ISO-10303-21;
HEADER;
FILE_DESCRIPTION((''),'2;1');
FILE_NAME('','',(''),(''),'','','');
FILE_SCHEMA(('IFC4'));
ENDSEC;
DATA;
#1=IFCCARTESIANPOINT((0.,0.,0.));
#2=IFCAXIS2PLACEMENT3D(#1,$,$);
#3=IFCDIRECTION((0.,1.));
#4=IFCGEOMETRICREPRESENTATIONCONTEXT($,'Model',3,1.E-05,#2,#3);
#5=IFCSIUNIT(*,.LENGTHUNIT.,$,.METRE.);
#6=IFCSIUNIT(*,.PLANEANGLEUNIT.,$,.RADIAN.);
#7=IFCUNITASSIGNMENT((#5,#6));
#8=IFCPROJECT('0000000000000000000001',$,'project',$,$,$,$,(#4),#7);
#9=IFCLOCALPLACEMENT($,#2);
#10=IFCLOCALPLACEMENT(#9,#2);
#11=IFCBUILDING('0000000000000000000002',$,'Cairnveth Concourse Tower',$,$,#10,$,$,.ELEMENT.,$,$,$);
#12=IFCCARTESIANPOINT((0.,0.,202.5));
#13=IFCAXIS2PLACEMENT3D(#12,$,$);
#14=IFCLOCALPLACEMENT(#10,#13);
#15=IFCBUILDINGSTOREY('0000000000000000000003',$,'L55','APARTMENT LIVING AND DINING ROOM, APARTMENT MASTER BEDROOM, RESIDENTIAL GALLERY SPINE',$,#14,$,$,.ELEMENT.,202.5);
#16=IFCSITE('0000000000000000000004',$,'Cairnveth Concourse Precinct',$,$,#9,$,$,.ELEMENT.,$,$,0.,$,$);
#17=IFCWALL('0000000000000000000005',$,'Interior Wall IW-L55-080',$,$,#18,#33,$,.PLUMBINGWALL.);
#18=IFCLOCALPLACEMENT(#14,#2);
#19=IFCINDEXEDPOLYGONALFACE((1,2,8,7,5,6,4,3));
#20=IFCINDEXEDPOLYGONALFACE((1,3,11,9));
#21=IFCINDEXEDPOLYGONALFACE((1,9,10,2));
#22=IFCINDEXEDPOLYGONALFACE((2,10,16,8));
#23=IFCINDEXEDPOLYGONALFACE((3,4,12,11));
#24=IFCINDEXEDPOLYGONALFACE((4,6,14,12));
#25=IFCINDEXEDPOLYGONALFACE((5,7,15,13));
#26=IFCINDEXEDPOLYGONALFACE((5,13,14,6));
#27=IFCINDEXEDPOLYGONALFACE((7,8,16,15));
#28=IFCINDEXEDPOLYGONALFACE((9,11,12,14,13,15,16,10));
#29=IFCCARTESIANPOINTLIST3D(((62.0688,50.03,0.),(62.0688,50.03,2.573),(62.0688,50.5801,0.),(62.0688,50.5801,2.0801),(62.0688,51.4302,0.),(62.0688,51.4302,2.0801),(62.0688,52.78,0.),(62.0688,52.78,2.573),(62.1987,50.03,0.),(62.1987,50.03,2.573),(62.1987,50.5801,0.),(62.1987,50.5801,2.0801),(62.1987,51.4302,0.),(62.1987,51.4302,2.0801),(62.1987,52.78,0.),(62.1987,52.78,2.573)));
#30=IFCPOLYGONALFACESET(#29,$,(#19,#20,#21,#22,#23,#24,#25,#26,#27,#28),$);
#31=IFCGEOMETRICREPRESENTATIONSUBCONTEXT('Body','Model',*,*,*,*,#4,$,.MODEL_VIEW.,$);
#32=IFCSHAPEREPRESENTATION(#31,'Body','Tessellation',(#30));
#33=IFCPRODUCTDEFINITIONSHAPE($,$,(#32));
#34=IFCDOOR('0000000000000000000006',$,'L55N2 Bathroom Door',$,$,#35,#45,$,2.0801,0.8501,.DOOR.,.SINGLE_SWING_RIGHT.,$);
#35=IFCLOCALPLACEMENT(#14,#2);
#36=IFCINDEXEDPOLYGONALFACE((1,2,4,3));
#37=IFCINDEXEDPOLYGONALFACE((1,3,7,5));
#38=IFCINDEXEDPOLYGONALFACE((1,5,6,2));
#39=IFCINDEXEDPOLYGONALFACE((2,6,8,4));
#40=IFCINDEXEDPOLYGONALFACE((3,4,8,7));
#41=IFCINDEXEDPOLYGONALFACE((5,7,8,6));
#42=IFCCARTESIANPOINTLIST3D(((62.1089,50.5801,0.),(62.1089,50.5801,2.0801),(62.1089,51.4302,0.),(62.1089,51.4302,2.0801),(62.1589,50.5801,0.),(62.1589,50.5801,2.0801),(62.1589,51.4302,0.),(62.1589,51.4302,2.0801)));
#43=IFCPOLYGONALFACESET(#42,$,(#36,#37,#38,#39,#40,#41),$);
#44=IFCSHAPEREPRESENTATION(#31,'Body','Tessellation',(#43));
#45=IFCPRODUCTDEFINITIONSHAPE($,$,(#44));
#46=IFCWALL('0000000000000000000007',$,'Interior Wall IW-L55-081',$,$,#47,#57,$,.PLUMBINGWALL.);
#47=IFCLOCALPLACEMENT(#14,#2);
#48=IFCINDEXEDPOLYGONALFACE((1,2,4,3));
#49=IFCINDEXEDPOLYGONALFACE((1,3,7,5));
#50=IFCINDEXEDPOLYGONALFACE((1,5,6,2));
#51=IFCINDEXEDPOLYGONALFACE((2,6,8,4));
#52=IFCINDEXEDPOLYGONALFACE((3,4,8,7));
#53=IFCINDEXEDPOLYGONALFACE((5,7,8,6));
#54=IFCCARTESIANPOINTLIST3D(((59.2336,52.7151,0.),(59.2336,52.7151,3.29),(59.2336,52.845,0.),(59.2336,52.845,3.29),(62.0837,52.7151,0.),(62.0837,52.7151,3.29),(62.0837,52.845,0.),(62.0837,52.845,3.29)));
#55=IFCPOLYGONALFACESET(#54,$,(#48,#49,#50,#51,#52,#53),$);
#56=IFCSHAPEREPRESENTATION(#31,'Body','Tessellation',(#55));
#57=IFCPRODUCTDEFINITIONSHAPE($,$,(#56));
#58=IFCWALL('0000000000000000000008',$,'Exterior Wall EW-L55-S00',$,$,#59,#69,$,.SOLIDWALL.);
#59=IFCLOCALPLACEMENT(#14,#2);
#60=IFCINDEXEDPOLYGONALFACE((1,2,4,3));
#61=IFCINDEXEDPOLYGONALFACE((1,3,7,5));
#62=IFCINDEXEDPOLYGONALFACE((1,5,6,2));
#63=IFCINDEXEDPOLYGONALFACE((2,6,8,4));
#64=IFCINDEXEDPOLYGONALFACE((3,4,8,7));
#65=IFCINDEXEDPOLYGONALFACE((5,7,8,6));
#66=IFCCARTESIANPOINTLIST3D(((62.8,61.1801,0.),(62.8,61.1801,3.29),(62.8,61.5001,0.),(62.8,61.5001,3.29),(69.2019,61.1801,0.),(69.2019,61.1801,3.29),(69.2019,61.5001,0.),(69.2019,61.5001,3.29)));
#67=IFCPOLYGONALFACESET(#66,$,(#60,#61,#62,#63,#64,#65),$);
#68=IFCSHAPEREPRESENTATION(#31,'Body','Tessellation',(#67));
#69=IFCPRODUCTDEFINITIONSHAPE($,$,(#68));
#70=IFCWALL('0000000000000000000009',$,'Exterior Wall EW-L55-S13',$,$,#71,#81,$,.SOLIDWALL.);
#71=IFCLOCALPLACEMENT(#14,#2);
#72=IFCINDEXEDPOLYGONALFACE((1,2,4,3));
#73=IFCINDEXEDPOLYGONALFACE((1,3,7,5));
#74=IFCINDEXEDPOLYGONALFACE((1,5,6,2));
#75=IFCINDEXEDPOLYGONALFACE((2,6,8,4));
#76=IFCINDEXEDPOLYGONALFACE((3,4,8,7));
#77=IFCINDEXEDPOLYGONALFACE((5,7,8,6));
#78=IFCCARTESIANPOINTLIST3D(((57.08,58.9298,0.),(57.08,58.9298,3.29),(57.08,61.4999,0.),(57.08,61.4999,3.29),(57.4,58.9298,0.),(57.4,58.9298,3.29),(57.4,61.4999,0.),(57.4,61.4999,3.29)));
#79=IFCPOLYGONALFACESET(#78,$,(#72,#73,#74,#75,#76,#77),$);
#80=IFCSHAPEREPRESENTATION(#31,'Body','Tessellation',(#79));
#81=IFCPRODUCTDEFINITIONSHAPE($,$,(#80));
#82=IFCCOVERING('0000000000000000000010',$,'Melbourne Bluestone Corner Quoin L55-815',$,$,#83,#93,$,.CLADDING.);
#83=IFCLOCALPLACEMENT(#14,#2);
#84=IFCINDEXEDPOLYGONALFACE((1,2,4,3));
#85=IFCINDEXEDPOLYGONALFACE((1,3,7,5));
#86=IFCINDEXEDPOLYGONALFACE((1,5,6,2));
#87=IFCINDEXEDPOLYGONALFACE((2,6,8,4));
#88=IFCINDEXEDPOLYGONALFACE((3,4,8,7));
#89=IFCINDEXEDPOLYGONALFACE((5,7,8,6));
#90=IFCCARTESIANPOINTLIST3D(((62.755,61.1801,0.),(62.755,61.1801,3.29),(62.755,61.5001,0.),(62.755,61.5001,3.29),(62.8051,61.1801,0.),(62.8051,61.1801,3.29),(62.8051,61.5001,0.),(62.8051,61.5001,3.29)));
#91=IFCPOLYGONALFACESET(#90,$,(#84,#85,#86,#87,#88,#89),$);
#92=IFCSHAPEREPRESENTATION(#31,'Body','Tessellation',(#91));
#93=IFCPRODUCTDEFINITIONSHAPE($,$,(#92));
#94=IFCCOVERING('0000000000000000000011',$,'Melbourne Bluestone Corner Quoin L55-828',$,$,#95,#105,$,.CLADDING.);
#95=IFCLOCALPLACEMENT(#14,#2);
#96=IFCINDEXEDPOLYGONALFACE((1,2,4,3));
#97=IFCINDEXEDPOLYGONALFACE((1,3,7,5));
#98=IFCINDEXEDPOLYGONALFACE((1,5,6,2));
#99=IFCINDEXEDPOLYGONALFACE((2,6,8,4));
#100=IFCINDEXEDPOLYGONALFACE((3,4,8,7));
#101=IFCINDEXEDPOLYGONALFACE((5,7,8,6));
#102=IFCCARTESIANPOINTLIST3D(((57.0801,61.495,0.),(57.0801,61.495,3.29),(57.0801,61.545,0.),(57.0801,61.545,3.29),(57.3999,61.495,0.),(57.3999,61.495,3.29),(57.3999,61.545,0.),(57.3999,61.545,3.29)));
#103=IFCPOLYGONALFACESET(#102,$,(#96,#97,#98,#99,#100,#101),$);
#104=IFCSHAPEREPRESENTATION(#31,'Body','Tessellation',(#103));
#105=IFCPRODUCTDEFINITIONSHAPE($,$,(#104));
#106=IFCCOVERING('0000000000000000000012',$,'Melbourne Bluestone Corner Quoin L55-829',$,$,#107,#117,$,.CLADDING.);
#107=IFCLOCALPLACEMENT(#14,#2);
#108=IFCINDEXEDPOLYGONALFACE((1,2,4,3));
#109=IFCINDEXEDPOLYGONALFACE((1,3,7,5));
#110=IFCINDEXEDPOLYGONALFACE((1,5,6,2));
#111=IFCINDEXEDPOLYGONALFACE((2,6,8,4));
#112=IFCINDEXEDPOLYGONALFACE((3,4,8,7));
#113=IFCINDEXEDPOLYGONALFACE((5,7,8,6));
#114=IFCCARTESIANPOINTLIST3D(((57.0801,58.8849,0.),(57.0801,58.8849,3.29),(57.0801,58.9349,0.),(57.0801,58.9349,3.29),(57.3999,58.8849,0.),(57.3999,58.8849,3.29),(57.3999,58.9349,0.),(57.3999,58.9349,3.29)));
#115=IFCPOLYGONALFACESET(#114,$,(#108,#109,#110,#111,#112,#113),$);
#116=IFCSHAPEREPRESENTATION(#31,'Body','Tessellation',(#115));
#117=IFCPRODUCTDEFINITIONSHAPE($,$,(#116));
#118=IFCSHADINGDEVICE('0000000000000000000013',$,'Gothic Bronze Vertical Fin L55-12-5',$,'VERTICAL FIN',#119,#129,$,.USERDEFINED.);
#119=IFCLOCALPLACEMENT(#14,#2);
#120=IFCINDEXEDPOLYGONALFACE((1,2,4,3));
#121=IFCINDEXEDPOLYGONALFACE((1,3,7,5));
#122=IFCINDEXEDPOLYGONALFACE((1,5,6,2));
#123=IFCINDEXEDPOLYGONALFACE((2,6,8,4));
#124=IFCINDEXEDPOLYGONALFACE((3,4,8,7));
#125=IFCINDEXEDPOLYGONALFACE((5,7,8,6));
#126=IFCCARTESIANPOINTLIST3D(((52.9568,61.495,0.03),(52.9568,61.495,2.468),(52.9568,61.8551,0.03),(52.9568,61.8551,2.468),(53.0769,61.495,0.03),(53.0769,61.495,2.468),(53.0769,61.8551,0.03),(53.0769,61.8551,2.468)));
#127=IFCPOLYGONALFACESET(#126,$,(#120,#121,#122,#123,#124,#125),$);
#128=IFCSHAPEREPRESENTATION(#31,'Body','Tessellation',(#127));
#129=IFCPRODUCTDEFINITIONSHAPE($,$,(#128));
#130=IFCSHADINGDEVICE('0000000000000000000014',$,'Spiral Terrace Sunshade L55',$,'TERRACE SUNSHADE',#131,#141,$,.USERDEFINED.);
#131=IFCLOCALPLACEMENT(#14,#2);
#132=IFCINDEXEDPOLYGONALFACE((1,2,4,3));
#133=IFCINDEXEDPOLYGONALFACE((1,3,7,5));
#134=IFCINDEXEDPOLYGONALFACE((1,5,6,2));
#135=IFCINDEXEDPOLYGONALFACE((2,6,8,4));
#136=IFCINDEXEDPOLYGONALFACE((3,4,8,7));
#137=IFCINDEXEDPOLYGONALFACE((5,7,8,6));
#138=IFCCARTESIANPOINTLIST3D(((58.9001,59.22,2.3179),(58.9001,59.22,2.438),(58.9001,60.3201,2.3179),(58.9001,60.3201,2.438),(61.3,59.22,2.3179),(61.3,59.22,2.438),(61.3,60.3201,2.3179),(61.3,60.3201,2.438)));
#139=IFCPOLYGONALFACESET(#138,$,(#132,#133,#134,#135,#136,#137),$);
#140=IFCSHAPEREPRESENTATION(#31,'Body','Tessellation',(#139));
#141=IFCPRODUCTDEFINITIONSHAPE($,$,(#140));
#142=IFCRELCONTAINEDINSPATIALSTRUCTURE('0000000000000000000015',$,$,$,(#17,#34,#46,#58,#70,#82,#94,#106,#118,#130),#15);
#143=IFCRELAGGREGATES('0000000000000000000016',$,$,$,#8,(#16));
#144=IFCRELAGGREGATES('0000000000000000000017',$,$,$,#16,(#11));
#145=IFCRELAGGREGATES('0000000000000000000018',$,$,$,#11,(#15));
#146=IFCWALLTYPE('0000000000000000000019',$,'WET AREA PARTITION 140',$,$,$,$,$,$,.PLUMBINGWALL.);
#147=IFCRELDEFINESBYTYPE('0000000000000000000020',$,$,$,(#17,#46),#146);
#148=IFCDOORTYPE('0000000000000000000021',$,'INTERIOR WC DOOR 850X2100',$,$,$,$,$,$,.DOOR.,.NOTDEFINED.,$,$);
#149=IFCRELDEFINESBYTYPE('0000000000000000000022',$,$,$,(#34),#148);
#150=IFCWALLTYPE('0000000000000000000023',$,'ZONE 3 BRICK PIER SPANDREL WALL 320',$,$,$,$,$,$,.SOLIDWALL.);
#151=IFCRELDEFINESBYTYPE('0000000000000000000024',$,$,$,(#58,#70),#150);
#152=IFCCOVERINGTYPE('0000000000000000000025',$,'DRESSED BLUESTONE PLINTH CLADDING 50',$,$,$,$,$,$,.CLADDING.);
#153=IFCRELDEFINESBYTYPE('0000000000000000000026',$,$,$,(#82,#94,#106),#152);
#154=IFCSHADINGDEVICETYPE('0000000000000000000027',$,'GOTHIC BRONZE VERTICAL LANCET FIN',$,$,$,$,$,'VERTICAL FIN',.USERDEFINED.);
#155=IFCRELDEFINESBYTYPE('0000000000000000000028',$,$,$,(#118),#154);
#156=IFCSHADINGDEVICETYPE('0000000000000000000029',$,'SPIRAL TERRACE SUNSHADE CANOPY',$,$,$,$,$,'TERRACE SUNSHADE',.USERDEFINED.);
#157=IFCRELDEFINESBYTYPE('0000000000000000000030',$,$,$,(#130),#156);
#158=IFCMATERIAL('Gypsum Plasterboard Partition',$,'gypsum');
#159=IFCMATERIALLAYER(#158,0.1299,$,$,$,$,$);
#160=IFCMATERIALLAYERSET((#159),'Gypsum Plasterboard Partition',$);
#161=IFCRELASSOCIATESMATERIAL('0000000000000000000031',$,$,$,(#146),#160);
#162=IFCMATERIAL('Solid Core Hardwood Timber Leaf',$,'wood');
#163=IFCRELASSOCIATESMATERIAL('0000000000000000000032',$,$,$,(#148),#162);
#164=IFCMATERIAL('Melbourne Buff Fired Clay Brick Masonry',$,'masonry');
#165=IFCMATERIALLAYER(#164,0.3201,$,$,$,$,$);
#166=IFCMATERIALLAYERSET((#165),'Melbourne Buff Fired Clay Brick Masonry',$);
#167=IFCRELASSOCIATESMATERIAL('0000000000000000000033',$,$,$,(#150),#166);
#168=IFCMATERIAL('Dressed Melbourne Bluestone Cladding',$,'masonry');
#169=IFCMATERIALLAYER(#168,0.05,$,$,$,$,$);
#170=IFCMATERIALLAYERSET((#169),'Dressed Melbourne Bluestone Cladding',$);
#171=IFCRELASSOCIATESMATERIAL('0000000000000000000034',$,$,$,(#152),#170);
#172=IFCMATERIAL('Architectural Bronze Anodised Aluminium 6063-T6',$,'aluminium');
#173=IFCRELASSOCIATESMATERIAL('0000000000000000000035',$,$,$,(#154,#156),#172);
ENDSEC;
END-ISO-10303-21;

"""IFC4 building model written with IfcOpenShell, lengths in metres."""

from ifc_helpers import new_model, si_unit, direction, frame, frame_2d, origin, origin_2d, place, context, subcontext, project, spatial, rectangle, extrude, material, layer, layer_set, type_object, element, fill, save


model = new_model("IFC4")

# Units and contexts
model_context = context("Model", 3, precision=1e-05, world=origin(), true_north=direction((0.0, 1.0)))
body_context = subcontext(model_context, "Body", "Model", "MODEL_VIEW")
ifc_project = project(units=[si_unit("LENGTHUNIT", "METRE"), si_unit("PLANEANGLEUNIT", "RADIAN")], contexts=[model_context])

# Site, building, storey
site_placement = place(None, origin())
site = spatial("IfcSite", under=ifc_project, at=site_placement, Name="Cairnveth Concourse Precinct", CompositionType="ELEMENT", RefElevation=0.0)
building_placement = place(site_placement, origin())
building = spatial("IfcBuilding", under=site, at=building_placement, Name="Cairnveth Concourse Tower", CompositionType="ELEMENT")
storey_placement = place(building_placement, frame((0.0, 0.0, 202.5)))
storey = spatial("IfcBuildingStorey", under=building, at=storey_placement, Name="L55", Description="APARTMENT LIVING AND DINING ROOM, APARTMENT MASTER BEDROOM, RESIDENTIAL GALLERY SPINE", CompositionType="ELEMENT", Elevation=202.5)

# Shared definitions
ifc_material_1 = material(Name="Gypsum Plasterboard Partition", Category="gypsum")
ifc_material_2 = material(Name="Solid Core Hardwood Timber Leaf", Category="wood")

# Shared definitions
ifc_material_3 = material(Name="Dressed Melbourne Bluestone Cladding", Category="masonry")
ifc_layer_1 = layer(ifc_material_1, 0.1299)
ifc_layer_set_1 = layer_set([ifc_layer_1], Name="Gypsum Plasterboard Partition")
wall_type_1 = type_object("IfcWallType", Name="WET AREA PARTITION 140", PredefinedType="PLUMBINGWALL", material=ifc_layer_set_1)

# Wall, opening, door
wall_1_placement = place(storey_placement, frame((62.1338, 50.03, 0.0), z_axis=(0.0, 0.0, 1.0), x_axis=(0.0, 1.0, 0.0)))
wall_1 = element("IfcWall", 1, at=wall_1_placement, inside=storey, type_object=wall_type_1, Name="Interior Wall IW-L55-080", PredefinedType="PLUMBINGWALL", context=body_context, shape_type="SweptSolid", body=[
    extrude(rectangle(XDim=2.75, YDim=0.1299, at=frame_2d((1.375, 0.0))), origin(), (0.0, 0.0, 1.0), 2.573),
])
opening_1_placement = place(wall_1_placement, frame((0.55, 0.0, 0.0)))
opening_1 = element("IfcOpeningElement", 2, at=opening_1_placement, cuts=wall_1, PredefinedType="OPENING", context=body_context, shape_type="SweptSolid", body=[
    extrude(rectangle(XDim=0.8501, YDim=2.0801, at=frame_2d((0.425, 1.04))), frame((0.0, 0.075, 0.0), z_axis=(0.0, -1.0, 0.0), x_axis=(1.0, 0.0, 0.0)), (0.0, 0.0, 1.0), 0.1499),
])
door_type_1 = type_object("IfcDoorType", Name="INTERIOR WC DOOR 850X2100", OperationType="NOTDEFINED", PredefinedType="DOOR", material=ifc_material_2)
door_1_placement = place(opening_1_placement, origin())
door_1 = element("IfcDoor", 3, at=door_1_placement, inside=storey, type_object=door_type_1, Name="L55N2 Bathroom Door", OperationType="SINGLE_SWING_RIGHT", OverallHeight=2.0801, OverallWidth=0.8501, PredefinedType="DOOR", context=body_context, shape_type="SweptSolid", body=[
    extrude(rectangle(XDim=0.8501, YDim=2.0801, at=frame_2d((0.425, 1.04))), frame((0.0, 0.0249, 0.0), z_axis=(0.0, -1.0, 0.0), x_axis=(1.0, 0.0, 0.0)), (0.0, 0.0, 1.0), 0.05),
])
fill(opening_1, door_1)

# Walls
wall_2_placement = place(storey_placement, frame((59.2336, 52.78, 0.0), z_axis=(0.0, 0.0, 1.0), x_axis=(1.0, 0.0, 0.0)))
element("IfcWall", 4, at=wall_2_placement, inside=storey, type_object=wall_type_1, Name="Interior Wall IW-L55-081", PredefinedType="PLUMBINGWALL", context=body_context, shape_type="SweptSolid", body=[
    extrude(rectangle(XDim=2.8501, YDim=0.1299, at=frame_2d((1.425, 0.0))), origin(), (0.0, 0.0, 1.0), 3.29),
])
ifc_material_4 = material(Name="Melbourne Buff Fired Clay Brick Masonry", Category="masonry")
ifc_layer_2 = layer(ifc_material_4, 0.3201)
ifc_layer_set_2 = layer_set([ifc_layer_2], Name="Melbourne Buff Fired Clay Brick Masonry")
wall_type_2 = type_object("IfcWallType", Name="ZONE 3 BRICK PIER SPANDREL WALL 320", PredefinedType="SOLIDWALL", material=ifc_layer_set_2)
wall_3_placement = place(storey_placement, frame((62.8, 61.3401, 0.0), z_axis=(0.0, 0.0, 1.0), x_axis=(1.0, 0.0, 0.0)))
element("IfcWall", 5, at=wall_3_placement, inside=storey, type_object=wall_type_2, Name="Exterior Wall EW-L55-S00", PredefinedType="SOLIDWALL", context=body_context, shape_type="SweptSolid", body=[
    extrude(rectangle(XDim=6.4019, YDim=0.3201, at=frame_2d((3.2009, 0.0))), origin(), (0.0, 0.0, 1.0), 3.29),
])
wall_4_placement = place(storey_placement, frame((57.24, 61.5, 0.0), z_axis=(0.0, 0.0, 1.0), x_axis=(0.0, -1.0, 0.0)))
element("IfcWall", 6, at=wall_4_placement, inside=storey, type_object=wall_type_2, Name="Exterior Wall EW-L55-S13", PredefinedType="SOLIDWALL", context=body_context, shape_type="SweptSolid", body=[
    extrude(rectangle(XDim=2.5701, YDim=0.3201, at=frame_2d((1.2852, 0.0))), origin(), (0.0, 0.0, 1.0), 3.29),
])

# Shared definitions
ifc_material_5 = material(Name="Architectural Bronze Anodised Aluminium 6063-T6", Category="aluminium")

# Coverings
ifc_layer_3 = layer(ifc_material_3, 0.05)
ifc_layer_set_3 = layer_set([ifc_layer_3], Name="Dressed Melbourne Bluestone Cladding")
covering_type = type_object("IfcCoveringType", Name="DRESSED BLUESTONE PLINTH CLADDING 50", PredefinedType="CLADDING", material=ifc_layer_set_3)
covering_placement = place(storey_placement, frame((62.78, 61.1799, 0.0), z_axis=(0.0, 0.0, 1.0), x_axis=(0.0, 1.0, 0.0)))
element("IfcCovering", 7, at=covering_placement, inside=storey, type_object=covering_type, Name="Melbourne Bluestone Corner Quoin L55-815", PredefinedType="CLADDING", context=body_context, shape_type="SweptSolid", body=[
    extrude(rectangle(XDim=0.3201, YDim=0.05, at=frame_2d((0.1602, 0.0))), origin(), (0.0, 0.0, 1.0), 3.29),
])
for number, where, z_axis, x_axis, name in (
    (8, (57.0801, 61.52, 0.0), (0.0, 0.0, 1.0), (1.0, 0.0, 0.0), "Melbourne Bluestone Corner Quoin L55-828"),
    (9, (57.0801, 58.9099, 0.0), (0.0, 0.0, 1.0), (1.0, 0.0, 0.0), "Melbourne Bluestone Corner Quoin L55-829"),
):
    element("IfcCovering", number, at=place(storey_placement, frame(where, z_axis=z_axis, x_axis=x_axis)), inside=storey, type_object=covering_type, Name=name, PredefinedType="CLADDING", context=body_context, shape_type="SweptSolid", body=[
        extrude(rectangle(XDim=0.3198, YDim=0.05, at=frame_2d((0.1599, 0.0))), origin(), (0.0, 0.0, 1.0), 3.29),
    ])

# Shading devices
shading_device_type_1 = type_object("IfcShadingDeviceType", Name="GOTHIC BRONZE VERTICAL LANCET FIN", ElementType="VERTICAL FIN", PredefinedType="USERDEFINED", material=ifc_material_5)
shading_device_1_placement = place(storey_placement, frame((53.0168, 61.675, 0.03), z_axis=(0.0, 0.0, 1.0), x_axis=(1.0, 0.0, 0.0)))
element("IfcShadingDevice", 10, at=shading_device_1_placement, inside=storey, type_object=shading_device_type_1, Name="Gothic Bronze Vertical Fin L55-12-5", ObjectType="VERTICAL FIN", PredefinedType="USERDEFINED", context=body_context, shape_type="SweptSolid", body=[
    extrude(rectangle(XDim=0.1201, YDim=0.3601, at=origin_2d()), origin(), (0.0, 0.0, 1.0), 2.438),
])
shading_device_type_2 = type_object("IfcShadingDeviceType", Name="SPIRAL TERRACE SUNSHADE CANOPY", ElementType="TERRACE SUNSHADE", PredefinedType="USERDEFINED", material=ifc_material_5)
shading_device_2_placement = place(storey_placement, frame((60.1001, 59.77, 2.3179), z_axis=(0.0, 0.0, 1.0), x_axis=(1.0, 0.0, 0.0)))
element("IfcShadingDevice", 11, at=shading_device_2_placement, inside=storey, type_object=shading_device_type_2, Name="Spiral Terrace Sunshade L55", ObjectType="TERRACE SUNSHADE", PredefinedType="USERDEFINED", context=body_context, shape_type="SweptSolid", body=[
    extrude(rectangle(XDim=2.3999, YDim=1.1001, at=origin_2d()), origin(), (0.0, 0.0, 1.0), 0.1201),
])

save(model, "model.ifc")
